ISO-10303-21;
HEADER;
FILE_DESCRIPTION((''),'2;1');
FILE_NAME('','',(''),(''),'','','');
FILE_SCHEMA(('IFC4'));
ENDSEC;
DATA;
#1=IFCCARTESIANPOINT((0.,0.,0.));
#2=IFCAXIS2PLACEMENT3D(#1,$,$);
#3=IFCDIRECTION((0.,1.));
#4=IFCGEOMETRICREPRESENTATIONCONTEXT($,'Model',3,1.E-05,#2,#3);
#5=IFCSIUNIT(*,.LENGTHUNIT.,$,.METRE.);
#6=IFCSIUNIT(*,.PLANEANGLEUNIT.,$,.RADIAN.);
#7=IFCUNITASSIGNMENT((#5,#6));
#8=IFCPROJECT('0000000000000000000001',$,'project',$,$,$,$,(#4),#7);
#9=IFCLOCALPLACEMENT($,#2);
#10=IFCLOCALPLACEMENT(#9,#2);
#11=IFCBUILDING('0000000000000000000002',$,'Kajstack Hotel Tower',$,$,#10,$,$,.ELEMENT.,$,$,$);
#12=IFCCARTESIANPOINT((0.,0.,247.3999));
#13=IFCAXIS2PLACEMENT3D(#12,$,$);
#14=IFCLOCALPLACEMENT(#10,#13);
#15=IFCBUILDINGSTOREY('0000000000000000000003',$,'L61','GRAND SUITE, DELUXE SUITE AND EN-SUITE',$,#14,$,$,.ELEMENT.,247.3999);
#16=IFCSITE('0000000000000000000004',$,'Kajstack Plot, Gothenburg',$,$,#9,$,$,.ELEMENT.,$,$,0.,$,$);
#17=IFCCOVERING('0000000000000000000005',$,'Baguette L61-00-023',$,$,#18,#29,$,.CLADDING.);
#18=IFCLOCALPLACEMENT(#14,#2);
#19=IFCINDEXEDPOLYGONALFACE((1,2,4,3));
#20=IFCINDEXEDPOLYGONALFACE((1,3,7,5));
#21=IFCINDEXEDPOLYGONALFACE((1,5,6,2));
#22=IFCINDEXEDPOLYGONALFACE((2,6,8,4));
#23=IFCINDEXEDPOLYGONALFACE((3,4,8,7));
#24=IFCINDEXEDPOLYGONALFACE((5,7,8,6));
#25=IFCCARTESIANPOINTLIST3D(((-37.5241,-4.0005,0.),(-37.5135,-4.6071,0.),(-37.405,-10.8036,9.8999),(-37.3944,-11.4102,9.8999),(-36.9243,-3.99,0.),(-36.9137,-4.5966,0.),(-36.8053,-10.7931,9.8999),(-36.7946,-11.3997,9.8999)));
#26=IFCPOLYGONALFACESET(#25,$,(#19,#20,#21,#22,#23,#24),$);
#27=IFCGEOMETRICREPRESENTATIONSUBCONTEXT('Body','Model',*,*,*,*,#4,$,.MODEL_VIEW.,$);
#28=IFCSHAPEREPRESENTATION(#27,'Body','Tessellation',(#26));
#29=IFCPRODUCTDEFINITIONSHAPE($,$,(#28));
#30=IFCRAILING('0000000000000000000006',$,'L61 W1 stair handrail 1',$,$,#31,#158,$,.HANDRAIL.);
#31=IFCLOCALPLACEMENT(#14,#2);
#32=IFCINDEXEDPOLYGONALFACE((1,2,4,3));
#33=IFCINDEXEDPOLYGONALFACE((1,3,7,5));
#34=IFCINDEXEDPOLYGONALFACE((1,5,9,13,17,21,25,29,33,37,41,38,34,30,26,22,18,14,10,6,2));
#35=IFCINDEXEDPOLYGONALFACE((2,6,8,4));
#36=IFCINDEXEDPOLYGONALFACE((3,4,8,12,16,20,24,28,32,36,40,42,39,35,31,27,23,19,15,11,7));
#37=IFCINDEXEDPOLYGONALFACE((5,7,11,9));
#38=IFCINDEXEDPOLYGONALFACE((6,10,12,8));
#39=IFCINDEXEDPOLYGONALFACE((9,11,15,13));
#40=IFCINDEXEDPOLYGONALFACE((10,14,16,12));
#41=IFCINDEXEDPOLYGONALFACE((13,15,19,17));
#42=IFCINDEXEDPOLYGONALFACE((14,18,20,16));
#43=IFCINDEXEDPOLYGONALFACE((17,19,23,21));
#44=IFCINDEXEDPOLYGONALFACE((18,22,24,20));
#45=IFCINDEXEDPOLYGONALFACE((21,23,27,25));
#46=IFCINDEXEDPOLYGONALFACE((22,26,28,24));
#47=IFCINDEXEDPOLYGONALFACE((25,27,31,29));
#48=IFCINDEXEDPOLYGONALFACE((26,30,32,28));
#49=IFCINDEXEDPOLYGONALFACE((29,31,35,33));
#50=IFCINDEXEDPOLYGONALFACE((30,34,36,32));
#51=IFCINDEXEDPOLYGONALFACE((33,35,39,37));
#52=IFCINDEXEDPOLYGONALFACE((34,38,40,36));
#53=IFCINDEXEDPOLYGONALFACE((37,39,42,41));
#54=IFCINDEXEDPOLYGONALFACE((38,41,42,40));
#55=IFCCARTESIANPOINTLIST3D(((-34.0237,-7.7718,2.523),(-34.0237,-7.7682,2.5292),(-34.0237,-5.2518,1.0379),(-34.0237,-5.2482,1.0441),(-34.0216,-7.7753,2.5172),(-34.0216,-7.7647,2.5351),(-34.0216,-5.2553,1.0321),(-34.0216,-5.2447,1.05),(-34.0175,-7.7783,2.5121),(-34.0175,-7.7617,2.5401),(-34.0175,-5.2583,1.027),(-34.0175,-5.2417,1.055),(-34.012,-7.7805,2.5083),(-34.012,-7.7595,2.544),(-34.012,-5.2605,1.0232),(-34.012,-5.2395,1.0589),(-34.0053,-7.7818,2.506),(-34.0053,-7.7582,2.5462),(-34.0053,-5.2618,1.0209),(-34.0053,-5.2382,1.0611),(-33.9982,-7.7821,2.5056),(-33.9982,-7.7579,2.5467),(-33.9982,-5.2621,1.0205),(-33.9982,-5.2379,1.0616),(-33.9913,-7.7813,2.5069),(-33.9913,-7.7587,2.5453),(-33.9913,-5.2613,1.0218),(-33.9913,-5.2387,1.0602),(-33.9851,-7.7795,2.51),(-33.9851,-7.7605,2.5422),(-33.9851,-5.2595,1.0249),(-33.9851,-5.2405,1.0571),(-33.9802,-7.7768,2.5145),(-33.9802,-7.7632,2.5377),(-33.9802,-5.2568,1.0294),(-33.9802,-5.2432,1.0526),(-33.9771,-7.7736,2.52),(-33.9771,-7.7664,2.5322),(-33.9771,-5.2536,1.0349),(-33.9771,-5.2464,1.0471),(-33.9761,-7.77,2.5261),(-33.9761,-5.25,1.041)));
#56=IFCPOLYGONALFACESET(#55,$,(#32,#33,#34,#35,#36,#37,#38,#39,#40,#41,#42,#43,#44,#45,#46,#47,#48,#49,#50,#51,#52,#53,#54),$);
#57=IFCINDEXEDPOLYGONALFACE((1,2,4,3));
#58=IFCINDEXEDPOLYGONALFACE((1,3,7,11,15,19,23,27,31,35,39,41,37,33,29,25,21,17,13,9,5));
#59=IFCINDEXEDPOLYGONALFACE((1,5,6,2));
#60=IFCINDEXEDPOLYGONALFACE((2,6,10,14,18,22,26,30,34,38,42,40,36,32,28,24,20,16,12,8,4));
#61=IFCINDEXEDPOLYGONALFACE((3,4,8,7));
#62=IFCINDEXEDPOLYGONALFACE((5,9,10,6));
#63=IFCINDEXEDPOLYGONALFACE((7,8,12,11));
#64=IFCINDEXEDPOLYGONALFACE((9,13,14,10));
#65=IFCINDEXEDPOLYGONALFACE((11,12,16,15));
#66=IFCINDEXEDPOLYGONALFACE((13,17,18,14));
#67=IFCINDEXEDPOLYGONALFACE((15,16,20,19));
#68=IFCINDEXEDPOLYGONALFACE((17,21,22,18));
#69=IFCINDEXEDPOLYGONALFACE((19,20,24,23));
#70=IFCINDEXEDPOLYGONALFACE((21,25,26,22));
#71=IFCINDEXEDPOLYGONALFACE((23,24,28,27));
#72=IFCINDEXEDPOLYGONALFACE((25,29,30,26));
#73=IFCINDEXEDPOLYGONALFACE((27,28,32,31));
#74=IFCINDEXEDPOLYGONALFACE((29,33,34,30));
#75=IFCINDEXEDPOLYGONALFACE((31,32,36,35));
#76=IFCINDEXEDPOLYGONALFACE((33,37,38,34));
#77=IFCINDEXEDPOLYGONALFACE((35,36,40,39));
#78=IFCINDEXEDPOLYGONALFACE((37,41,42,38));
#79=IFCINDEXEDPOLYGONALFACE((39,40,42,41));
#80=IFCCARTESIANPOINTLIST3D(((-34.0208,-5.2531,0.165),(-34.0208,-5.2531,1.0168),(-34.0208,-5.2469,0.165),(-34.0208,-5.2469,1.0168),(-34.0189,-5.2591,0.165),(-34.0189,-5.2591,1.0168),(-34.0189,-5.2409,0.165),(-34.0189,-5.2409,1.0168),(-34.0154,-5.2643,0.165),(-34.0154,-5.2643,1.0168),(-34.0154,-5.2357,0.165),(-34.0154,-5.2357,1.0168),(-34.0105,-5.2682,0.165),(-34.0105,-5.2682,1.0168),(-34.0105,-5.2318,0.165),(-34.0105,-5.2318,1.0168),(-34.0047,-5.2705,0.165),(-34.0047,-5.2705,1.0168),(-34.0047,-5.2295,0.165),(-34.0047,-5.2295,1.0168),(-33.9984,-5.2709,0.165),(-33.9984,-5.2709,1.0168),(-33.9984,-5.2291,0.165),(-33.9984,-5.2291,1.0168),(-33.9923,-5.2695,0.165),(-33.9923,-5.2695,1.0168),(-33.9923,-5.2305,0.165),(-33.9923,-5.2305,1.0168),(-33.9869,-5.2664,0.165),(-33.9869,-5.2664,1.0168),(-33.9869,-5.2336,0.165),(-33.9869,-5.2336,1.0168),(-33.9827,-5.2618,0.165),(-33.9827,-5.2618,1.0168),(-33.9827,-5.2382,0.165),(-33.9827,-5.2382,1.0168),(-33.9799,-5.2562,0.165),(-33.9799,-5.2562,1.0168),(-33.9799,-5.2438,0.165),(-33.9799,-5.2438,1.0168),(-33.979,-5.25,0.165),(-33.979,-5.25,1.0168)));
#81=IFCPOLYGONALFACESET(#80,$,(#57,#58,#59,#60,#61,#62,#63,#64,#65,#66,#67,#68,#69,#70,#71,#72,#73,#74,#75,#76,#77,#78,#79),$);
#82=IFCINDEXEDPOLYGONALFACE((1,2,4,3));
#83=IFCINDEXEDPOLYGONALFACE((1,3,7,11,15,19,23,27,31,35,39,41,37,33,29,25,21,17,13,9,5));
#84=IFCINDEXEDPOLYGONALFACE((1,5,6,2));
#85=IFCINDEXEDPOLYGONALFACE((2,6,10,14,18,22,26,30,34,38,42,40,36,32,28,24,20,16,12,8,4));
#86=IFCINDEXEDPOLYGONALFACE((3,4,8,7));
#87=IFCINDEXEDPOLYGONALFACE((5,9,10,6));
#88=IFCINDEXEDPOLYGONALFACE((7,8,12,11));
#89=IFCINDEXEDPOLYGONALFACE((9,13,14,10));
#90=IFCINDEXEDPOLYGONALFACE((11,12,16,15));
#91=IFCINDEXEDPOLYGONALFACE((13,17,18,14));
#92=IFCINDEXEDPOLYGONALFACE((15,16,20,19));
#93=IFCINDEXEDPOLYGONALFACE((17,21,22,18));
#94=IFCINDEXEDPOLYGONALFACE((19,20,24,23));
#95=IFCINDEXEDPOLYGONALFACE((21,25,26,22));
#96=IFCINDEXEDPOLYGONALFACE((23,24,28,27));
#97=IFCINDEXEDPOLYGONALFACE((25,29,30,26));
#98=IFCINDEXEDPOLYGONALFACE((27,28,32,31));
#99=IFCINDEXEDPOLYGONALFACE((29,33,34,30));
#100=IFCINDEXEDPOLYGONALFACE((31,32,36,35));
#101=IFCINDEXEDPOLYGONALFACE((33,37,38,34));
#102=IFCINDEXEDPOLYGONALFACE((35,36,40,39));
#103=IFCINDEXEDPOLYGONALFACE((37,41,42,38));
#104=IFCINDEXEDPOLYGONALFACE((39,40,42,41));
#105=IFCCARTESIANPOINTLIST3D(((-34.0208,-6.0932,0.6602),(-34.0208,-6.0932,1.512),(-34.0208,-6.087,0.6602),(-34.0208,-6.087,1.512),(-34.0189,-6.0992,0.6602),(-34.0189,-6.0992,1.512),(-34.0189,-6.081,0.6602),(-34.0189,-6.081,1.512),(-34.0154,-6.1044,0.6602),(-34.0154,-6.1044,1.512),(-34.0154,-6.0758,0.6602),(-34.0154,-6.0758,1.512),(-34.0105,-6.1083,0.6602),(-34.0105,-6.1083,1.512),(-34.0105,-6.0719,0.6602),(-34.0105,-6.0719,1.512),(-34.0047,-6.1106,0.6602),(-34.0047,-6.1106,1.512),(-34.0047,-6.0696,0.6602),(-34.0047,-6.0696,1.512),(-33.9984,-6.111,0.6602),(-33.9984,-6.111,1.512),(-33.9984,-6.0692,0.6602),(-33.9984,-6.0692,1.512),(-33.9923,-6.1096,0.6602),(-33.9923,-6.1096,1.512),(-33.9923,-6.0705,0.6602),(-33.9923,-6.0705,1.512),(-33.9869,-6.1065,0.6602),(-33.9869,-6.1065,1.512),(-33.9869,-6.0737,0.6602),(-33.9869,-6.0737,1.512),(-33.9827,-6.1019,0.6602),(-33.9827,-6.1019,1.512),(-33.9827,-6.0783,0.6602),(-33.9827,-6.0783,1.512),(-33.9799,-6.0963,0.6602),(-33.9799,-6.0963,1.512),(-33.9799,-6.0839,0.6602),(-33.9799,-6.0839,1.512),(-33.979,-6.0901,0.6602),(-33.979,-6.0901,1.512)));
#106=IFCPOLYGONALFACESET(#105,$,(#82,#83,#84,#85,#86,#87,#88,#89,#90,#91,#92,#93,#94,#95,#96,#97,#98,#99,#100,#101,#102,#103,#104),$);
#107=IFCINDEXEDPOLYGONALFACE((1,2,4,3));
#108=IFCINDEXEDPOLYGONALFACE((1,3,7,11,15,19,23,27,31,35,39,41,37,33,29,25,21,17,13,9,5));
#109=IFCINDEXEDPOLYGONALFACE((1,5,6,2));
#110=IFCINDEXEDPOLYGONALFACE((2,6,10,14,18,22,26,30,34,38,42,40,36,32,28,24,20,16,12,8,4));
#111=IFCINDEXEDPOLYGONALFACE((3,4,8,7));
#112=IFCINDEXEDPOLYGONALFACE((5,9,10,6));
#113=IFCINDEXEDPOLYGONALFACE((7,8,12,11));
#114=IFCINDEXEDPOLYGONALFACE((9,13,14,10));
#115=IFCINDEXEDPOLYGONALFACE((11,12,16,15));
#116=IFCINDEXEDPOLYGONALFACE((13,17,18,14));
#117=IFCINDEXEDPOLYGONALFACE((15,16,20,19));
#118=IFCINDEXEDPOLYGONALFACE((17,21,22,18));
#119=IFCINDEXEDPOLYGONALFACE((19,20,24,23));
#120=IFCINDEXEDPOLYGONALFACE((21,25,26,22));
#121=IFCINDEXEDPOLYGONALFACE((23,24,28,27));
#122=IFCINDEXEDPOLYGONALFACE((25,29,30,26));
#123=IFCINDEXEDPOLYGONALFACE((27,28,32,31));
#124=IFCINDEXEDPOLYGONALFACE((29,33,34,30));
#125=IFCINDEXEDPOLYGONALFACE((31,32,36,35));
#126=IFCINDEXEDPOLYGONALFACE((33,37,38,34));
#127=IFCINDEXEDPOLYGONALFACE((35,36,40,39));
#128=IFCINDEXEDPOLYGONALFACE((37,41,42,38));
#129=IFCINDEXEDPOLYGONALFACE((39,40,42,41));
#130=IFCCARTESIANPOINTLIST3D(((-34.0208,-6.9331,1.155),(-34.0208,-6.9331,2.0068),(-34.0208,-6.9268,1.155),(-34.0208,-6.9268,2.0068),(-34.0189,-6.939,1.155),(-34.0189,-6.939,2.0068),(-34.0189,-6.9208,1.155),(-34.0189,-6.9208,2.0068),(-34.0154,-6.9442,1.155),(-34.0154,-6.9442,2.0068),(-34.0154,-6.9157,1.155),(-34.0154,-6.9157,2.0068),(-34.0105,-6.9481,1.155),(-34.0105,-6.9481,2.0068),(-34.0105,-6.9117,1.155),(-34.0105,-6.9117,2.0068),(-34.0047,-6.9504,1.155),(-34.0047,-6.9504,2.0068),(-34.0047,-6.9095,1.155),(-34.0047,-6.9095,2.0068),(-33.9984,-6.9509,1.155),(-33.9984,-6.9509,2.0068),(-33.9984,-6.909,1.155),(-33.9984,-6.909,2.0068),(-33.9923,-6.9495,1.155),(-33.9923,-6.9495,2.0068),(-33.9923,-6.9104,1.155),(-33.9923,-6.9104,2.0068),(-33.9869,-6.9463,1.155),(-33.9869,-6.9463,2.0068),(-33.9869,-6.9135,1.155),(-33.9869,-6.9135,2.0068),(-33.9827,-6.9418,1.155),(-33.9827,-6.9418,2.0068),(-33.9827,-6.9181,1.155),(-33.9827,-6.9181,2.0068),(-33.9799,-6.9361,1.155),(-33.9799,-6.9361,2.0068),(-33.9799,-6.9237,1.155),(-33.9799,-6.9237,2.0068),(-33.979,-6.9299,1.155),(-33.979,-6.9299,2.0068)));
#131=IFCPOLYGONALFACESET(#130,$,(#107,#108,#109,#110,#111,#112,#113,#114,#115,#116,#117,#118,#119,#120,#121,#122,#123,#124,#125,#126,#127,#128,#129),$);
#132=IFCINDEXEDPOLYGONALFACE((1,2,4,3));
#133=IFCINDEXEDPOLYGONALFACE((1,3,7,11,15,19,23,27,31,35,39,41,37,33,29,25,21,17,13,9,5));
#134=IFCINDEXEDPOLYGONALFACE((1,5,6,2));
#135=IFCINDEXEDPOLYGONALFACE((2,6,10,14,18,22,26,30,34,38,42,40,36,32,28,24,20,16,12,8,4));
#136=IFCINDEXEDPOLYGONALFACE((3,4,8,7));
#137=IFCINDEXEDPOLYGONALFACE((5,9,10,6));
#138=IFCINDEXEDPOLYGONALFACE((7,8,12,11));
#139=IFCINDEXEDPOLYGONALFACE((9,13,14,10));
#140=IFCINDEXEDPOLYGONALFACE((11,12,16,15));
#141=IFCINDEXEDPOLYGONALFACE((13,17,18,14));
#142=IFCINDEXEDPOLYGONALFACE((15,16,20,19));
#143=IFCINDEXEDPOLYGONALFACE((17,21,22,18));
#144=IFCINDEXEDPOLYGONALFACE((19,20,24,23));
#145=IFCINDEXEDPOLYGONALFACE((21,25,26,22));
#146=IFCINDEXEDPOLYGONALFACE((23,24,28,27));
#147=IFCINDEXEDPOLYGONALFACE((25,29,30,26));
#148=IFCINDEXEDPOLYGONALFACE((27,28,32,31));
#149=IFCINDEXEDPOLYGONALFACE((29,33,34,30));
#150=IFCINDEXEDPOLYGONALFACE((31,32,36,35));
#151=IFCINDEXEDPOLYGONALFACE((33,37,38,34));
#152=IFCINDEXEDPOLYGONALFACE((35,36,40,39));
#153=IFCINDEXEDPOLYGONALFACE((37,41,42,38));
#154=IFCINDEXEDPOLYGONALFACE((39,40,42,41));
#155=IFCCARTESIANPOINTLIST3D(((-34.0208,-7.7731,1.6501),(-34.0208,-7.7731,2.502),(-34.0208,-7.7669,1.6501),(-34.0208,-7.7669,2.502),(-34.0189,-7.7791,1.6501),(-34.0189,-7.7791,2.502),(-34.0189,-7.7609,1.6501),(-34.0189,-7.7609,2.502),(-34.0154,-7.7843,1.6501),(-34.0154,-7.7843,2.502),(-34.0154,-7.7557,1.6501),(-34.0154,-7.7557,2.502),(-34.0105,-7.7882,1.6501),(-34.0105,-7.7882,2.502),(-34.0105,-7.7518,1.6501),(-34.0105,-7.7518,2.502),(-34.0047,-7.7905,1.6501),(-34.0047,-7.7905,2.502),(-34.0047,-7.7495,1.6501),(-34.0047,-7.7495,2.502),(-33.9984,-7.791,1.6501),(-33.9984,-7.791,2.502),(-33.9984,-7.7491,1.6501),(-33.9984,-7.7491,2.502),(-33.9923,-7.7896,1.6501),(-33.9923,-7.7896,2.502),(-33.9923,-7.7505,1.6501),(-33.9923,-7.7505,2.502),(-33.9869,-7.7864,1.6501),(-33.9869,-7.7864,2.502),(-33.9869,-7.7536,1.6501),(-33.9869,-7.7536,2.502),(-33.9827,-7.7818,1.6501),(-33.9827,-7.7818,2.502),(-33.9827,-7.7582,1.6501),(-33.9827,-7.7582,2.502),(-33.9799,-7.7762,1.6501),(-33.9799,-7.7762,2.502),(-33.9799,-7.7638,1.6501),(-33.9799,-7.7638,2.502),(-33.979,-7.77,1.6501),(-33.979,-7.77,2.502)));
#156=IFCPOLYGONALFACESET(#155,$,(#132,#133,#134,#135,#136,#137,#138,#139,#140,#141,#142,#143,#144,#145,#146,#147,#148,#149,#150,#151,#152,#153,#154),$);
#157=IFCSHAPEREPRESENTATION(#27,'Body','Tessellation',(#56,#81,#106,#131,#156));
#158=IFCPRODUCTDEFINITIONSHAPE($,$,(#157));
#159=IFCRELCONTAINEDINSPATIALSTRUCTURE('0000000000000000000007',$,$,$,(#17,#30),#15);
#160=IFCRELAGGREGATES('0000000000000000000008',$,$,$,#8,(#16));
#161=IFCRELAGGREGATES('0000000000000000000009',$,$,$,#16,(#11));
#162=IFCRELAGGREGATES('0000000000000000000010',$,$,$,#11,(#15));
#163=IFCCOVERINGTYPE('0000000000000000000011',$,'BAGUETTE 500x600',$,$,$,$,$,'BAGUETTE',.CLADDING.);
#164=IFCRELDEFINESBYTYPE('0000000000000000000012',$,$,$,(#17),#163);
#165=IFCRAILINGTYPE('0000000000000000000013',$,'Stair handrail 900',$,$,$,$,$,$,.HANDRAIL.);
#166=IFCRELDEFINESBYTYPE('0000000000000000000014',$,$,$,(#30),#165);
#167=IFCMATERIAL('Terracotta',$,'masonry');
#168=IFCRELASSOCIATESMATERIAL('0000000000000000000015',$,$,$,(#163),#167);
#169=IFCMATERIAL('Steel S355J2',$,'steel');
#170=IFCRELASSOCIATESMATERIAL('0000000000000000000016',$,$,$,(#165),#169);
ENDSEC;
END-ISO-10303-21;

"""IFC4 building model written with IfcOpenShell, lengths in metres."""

from ifc_helpers import new_model, si_unit, direction, frame, origin, origin_2d, place, context, subcontext, project, spatial, polyline, rectangle, circle, outline, extrude, material, material_profile, profile_set, type_object, element, save


model = new_model("IFC4")

# Units and contexts
model_context = context("Model", 3, precision=1e-05, world=origin(), true_north=direction((0.0, 1.0)))
body_context = subcontext(model_context, "Body", "Model", "MODEL_VIEW")
ifc_project = project(units=[si_unit("LENGTHUNIT", "METRE"), si_unit("PLANEANGLEUNIT", "RADIAN")], contexts=[model_context])

# Site, building, storey
site_placement = place(None, origin())
site = spatial("IfcSite", under=ifc_project, at=site_placement, Name="Kajstack Plot, Gothenburg", CompositionType="ELEMENT", RefElevation=0.0)
building_placement = place(site_placement, origin())
building = spatial("IfcBuilding", under=site, at=building_placement, Name="Kajstack Hotel Tower", CompositionType="ELEMENT")
storey_placement = place(building_placement, frame((0.0, 0.0, 247.3999)))
storey = spatial("IfcBuildingStorey", under=building, at=storey_placement, Name="L61", Description="GRAND SUITE, DELUXE SUITE AND EN-SUITE", CompositionType="ELEMENT", Elevation=247.3999)

# Covering
ifc_material_1 = material(Name="Terracotta", Category="masonry")
ifc_material_profile = material_profile(ifc_material_1, rectangle(XDim=0.6001, YDim=0.5, at=origin_2d()), Name="Terracotta-clad concrete baguette 500 x 600")
ifc_profile_set = profile_set([ifc_material_profile], Name="Terracotta")
covering_type = type_object("IfcCoveringType", Name="BAGUETTE 500x600", ElementType="BAGUETTE", PredefinedType="CLADDING", material=ifc_profile_set)
covering_1_placement = place(storey_placement, frame((-36.9243, -3.99, 0.0), z_axis=(-0.999847, -0.017498, 0.0), x_axis=(0.017498, -0.999847, 0.0)))
element("IfcCovering", 1, at=covering_1_placement, inside=storey, type_object=covering_type, Name="Baguette L61-00-023", PredefinedType="CLADDING", context=body_context, shape_type="SweptSolid", body=[
    extrude(outline(polyline([(6.8042, 9.8999), (0.0, 0.0), (0.6067, 0.0), (7.4109, 9.8999), (6.8042, 9.8999)])), origin(), (0.0, 0.0, 1.0), 0.5999),
])

# Railing
ifc_material_2 = material(Name="Steel S355J2", Category="steel")
railing_type_1 = type_object("IfcRailingType", Name="Stair handrail 900", PredefinedType="HANDRAIL", material=ifc_material_2)
railing_1_placement = place(storey_placement, frame((-34.0, -5.25, 0.165)))
element("IfcRailing", 2, at=railing_1_placement, inside=storey, type_object=railing_type_1, Name="L61 W1 stair handrail 1", PredefinedType="HANDRAIL", context=body_context, shape_type="SweptSolid", body=[
    extrude(circle(Radius=0.0239, at=origin_2d()), frame((0.0, 0.0, 0.876), z_axis=(0.0, -0.861524, 0.507717), x_axis=(1.0, 0.0, 0.0)), (0.0, 0.0, 1.0), 2.925),
    extrude(circle(Radius=0.021, at=origin_2d()), origin(), (0.0, 0.0, 1.0), 0.8518),
    extrude(circle(Radius=0.021, at=origin_2d()), frame((0.0, -0.8401, 0.4951)), (0.0, 0.0, 1.0), 0.8518),
    extrude(circle(Radius=0.021, at=origin_2d()), frame((0.0, -1.6799, 0.99)), (0.0, 0.0, 1.0), 0.8518),
    extrude(circle(Radius=0.021, at=origin_2d()), frame((0.0, -2.52, 1.4851)), (0.0, 0.0, 1.0), 0.8518),
])

save(model, "model.ifc")
